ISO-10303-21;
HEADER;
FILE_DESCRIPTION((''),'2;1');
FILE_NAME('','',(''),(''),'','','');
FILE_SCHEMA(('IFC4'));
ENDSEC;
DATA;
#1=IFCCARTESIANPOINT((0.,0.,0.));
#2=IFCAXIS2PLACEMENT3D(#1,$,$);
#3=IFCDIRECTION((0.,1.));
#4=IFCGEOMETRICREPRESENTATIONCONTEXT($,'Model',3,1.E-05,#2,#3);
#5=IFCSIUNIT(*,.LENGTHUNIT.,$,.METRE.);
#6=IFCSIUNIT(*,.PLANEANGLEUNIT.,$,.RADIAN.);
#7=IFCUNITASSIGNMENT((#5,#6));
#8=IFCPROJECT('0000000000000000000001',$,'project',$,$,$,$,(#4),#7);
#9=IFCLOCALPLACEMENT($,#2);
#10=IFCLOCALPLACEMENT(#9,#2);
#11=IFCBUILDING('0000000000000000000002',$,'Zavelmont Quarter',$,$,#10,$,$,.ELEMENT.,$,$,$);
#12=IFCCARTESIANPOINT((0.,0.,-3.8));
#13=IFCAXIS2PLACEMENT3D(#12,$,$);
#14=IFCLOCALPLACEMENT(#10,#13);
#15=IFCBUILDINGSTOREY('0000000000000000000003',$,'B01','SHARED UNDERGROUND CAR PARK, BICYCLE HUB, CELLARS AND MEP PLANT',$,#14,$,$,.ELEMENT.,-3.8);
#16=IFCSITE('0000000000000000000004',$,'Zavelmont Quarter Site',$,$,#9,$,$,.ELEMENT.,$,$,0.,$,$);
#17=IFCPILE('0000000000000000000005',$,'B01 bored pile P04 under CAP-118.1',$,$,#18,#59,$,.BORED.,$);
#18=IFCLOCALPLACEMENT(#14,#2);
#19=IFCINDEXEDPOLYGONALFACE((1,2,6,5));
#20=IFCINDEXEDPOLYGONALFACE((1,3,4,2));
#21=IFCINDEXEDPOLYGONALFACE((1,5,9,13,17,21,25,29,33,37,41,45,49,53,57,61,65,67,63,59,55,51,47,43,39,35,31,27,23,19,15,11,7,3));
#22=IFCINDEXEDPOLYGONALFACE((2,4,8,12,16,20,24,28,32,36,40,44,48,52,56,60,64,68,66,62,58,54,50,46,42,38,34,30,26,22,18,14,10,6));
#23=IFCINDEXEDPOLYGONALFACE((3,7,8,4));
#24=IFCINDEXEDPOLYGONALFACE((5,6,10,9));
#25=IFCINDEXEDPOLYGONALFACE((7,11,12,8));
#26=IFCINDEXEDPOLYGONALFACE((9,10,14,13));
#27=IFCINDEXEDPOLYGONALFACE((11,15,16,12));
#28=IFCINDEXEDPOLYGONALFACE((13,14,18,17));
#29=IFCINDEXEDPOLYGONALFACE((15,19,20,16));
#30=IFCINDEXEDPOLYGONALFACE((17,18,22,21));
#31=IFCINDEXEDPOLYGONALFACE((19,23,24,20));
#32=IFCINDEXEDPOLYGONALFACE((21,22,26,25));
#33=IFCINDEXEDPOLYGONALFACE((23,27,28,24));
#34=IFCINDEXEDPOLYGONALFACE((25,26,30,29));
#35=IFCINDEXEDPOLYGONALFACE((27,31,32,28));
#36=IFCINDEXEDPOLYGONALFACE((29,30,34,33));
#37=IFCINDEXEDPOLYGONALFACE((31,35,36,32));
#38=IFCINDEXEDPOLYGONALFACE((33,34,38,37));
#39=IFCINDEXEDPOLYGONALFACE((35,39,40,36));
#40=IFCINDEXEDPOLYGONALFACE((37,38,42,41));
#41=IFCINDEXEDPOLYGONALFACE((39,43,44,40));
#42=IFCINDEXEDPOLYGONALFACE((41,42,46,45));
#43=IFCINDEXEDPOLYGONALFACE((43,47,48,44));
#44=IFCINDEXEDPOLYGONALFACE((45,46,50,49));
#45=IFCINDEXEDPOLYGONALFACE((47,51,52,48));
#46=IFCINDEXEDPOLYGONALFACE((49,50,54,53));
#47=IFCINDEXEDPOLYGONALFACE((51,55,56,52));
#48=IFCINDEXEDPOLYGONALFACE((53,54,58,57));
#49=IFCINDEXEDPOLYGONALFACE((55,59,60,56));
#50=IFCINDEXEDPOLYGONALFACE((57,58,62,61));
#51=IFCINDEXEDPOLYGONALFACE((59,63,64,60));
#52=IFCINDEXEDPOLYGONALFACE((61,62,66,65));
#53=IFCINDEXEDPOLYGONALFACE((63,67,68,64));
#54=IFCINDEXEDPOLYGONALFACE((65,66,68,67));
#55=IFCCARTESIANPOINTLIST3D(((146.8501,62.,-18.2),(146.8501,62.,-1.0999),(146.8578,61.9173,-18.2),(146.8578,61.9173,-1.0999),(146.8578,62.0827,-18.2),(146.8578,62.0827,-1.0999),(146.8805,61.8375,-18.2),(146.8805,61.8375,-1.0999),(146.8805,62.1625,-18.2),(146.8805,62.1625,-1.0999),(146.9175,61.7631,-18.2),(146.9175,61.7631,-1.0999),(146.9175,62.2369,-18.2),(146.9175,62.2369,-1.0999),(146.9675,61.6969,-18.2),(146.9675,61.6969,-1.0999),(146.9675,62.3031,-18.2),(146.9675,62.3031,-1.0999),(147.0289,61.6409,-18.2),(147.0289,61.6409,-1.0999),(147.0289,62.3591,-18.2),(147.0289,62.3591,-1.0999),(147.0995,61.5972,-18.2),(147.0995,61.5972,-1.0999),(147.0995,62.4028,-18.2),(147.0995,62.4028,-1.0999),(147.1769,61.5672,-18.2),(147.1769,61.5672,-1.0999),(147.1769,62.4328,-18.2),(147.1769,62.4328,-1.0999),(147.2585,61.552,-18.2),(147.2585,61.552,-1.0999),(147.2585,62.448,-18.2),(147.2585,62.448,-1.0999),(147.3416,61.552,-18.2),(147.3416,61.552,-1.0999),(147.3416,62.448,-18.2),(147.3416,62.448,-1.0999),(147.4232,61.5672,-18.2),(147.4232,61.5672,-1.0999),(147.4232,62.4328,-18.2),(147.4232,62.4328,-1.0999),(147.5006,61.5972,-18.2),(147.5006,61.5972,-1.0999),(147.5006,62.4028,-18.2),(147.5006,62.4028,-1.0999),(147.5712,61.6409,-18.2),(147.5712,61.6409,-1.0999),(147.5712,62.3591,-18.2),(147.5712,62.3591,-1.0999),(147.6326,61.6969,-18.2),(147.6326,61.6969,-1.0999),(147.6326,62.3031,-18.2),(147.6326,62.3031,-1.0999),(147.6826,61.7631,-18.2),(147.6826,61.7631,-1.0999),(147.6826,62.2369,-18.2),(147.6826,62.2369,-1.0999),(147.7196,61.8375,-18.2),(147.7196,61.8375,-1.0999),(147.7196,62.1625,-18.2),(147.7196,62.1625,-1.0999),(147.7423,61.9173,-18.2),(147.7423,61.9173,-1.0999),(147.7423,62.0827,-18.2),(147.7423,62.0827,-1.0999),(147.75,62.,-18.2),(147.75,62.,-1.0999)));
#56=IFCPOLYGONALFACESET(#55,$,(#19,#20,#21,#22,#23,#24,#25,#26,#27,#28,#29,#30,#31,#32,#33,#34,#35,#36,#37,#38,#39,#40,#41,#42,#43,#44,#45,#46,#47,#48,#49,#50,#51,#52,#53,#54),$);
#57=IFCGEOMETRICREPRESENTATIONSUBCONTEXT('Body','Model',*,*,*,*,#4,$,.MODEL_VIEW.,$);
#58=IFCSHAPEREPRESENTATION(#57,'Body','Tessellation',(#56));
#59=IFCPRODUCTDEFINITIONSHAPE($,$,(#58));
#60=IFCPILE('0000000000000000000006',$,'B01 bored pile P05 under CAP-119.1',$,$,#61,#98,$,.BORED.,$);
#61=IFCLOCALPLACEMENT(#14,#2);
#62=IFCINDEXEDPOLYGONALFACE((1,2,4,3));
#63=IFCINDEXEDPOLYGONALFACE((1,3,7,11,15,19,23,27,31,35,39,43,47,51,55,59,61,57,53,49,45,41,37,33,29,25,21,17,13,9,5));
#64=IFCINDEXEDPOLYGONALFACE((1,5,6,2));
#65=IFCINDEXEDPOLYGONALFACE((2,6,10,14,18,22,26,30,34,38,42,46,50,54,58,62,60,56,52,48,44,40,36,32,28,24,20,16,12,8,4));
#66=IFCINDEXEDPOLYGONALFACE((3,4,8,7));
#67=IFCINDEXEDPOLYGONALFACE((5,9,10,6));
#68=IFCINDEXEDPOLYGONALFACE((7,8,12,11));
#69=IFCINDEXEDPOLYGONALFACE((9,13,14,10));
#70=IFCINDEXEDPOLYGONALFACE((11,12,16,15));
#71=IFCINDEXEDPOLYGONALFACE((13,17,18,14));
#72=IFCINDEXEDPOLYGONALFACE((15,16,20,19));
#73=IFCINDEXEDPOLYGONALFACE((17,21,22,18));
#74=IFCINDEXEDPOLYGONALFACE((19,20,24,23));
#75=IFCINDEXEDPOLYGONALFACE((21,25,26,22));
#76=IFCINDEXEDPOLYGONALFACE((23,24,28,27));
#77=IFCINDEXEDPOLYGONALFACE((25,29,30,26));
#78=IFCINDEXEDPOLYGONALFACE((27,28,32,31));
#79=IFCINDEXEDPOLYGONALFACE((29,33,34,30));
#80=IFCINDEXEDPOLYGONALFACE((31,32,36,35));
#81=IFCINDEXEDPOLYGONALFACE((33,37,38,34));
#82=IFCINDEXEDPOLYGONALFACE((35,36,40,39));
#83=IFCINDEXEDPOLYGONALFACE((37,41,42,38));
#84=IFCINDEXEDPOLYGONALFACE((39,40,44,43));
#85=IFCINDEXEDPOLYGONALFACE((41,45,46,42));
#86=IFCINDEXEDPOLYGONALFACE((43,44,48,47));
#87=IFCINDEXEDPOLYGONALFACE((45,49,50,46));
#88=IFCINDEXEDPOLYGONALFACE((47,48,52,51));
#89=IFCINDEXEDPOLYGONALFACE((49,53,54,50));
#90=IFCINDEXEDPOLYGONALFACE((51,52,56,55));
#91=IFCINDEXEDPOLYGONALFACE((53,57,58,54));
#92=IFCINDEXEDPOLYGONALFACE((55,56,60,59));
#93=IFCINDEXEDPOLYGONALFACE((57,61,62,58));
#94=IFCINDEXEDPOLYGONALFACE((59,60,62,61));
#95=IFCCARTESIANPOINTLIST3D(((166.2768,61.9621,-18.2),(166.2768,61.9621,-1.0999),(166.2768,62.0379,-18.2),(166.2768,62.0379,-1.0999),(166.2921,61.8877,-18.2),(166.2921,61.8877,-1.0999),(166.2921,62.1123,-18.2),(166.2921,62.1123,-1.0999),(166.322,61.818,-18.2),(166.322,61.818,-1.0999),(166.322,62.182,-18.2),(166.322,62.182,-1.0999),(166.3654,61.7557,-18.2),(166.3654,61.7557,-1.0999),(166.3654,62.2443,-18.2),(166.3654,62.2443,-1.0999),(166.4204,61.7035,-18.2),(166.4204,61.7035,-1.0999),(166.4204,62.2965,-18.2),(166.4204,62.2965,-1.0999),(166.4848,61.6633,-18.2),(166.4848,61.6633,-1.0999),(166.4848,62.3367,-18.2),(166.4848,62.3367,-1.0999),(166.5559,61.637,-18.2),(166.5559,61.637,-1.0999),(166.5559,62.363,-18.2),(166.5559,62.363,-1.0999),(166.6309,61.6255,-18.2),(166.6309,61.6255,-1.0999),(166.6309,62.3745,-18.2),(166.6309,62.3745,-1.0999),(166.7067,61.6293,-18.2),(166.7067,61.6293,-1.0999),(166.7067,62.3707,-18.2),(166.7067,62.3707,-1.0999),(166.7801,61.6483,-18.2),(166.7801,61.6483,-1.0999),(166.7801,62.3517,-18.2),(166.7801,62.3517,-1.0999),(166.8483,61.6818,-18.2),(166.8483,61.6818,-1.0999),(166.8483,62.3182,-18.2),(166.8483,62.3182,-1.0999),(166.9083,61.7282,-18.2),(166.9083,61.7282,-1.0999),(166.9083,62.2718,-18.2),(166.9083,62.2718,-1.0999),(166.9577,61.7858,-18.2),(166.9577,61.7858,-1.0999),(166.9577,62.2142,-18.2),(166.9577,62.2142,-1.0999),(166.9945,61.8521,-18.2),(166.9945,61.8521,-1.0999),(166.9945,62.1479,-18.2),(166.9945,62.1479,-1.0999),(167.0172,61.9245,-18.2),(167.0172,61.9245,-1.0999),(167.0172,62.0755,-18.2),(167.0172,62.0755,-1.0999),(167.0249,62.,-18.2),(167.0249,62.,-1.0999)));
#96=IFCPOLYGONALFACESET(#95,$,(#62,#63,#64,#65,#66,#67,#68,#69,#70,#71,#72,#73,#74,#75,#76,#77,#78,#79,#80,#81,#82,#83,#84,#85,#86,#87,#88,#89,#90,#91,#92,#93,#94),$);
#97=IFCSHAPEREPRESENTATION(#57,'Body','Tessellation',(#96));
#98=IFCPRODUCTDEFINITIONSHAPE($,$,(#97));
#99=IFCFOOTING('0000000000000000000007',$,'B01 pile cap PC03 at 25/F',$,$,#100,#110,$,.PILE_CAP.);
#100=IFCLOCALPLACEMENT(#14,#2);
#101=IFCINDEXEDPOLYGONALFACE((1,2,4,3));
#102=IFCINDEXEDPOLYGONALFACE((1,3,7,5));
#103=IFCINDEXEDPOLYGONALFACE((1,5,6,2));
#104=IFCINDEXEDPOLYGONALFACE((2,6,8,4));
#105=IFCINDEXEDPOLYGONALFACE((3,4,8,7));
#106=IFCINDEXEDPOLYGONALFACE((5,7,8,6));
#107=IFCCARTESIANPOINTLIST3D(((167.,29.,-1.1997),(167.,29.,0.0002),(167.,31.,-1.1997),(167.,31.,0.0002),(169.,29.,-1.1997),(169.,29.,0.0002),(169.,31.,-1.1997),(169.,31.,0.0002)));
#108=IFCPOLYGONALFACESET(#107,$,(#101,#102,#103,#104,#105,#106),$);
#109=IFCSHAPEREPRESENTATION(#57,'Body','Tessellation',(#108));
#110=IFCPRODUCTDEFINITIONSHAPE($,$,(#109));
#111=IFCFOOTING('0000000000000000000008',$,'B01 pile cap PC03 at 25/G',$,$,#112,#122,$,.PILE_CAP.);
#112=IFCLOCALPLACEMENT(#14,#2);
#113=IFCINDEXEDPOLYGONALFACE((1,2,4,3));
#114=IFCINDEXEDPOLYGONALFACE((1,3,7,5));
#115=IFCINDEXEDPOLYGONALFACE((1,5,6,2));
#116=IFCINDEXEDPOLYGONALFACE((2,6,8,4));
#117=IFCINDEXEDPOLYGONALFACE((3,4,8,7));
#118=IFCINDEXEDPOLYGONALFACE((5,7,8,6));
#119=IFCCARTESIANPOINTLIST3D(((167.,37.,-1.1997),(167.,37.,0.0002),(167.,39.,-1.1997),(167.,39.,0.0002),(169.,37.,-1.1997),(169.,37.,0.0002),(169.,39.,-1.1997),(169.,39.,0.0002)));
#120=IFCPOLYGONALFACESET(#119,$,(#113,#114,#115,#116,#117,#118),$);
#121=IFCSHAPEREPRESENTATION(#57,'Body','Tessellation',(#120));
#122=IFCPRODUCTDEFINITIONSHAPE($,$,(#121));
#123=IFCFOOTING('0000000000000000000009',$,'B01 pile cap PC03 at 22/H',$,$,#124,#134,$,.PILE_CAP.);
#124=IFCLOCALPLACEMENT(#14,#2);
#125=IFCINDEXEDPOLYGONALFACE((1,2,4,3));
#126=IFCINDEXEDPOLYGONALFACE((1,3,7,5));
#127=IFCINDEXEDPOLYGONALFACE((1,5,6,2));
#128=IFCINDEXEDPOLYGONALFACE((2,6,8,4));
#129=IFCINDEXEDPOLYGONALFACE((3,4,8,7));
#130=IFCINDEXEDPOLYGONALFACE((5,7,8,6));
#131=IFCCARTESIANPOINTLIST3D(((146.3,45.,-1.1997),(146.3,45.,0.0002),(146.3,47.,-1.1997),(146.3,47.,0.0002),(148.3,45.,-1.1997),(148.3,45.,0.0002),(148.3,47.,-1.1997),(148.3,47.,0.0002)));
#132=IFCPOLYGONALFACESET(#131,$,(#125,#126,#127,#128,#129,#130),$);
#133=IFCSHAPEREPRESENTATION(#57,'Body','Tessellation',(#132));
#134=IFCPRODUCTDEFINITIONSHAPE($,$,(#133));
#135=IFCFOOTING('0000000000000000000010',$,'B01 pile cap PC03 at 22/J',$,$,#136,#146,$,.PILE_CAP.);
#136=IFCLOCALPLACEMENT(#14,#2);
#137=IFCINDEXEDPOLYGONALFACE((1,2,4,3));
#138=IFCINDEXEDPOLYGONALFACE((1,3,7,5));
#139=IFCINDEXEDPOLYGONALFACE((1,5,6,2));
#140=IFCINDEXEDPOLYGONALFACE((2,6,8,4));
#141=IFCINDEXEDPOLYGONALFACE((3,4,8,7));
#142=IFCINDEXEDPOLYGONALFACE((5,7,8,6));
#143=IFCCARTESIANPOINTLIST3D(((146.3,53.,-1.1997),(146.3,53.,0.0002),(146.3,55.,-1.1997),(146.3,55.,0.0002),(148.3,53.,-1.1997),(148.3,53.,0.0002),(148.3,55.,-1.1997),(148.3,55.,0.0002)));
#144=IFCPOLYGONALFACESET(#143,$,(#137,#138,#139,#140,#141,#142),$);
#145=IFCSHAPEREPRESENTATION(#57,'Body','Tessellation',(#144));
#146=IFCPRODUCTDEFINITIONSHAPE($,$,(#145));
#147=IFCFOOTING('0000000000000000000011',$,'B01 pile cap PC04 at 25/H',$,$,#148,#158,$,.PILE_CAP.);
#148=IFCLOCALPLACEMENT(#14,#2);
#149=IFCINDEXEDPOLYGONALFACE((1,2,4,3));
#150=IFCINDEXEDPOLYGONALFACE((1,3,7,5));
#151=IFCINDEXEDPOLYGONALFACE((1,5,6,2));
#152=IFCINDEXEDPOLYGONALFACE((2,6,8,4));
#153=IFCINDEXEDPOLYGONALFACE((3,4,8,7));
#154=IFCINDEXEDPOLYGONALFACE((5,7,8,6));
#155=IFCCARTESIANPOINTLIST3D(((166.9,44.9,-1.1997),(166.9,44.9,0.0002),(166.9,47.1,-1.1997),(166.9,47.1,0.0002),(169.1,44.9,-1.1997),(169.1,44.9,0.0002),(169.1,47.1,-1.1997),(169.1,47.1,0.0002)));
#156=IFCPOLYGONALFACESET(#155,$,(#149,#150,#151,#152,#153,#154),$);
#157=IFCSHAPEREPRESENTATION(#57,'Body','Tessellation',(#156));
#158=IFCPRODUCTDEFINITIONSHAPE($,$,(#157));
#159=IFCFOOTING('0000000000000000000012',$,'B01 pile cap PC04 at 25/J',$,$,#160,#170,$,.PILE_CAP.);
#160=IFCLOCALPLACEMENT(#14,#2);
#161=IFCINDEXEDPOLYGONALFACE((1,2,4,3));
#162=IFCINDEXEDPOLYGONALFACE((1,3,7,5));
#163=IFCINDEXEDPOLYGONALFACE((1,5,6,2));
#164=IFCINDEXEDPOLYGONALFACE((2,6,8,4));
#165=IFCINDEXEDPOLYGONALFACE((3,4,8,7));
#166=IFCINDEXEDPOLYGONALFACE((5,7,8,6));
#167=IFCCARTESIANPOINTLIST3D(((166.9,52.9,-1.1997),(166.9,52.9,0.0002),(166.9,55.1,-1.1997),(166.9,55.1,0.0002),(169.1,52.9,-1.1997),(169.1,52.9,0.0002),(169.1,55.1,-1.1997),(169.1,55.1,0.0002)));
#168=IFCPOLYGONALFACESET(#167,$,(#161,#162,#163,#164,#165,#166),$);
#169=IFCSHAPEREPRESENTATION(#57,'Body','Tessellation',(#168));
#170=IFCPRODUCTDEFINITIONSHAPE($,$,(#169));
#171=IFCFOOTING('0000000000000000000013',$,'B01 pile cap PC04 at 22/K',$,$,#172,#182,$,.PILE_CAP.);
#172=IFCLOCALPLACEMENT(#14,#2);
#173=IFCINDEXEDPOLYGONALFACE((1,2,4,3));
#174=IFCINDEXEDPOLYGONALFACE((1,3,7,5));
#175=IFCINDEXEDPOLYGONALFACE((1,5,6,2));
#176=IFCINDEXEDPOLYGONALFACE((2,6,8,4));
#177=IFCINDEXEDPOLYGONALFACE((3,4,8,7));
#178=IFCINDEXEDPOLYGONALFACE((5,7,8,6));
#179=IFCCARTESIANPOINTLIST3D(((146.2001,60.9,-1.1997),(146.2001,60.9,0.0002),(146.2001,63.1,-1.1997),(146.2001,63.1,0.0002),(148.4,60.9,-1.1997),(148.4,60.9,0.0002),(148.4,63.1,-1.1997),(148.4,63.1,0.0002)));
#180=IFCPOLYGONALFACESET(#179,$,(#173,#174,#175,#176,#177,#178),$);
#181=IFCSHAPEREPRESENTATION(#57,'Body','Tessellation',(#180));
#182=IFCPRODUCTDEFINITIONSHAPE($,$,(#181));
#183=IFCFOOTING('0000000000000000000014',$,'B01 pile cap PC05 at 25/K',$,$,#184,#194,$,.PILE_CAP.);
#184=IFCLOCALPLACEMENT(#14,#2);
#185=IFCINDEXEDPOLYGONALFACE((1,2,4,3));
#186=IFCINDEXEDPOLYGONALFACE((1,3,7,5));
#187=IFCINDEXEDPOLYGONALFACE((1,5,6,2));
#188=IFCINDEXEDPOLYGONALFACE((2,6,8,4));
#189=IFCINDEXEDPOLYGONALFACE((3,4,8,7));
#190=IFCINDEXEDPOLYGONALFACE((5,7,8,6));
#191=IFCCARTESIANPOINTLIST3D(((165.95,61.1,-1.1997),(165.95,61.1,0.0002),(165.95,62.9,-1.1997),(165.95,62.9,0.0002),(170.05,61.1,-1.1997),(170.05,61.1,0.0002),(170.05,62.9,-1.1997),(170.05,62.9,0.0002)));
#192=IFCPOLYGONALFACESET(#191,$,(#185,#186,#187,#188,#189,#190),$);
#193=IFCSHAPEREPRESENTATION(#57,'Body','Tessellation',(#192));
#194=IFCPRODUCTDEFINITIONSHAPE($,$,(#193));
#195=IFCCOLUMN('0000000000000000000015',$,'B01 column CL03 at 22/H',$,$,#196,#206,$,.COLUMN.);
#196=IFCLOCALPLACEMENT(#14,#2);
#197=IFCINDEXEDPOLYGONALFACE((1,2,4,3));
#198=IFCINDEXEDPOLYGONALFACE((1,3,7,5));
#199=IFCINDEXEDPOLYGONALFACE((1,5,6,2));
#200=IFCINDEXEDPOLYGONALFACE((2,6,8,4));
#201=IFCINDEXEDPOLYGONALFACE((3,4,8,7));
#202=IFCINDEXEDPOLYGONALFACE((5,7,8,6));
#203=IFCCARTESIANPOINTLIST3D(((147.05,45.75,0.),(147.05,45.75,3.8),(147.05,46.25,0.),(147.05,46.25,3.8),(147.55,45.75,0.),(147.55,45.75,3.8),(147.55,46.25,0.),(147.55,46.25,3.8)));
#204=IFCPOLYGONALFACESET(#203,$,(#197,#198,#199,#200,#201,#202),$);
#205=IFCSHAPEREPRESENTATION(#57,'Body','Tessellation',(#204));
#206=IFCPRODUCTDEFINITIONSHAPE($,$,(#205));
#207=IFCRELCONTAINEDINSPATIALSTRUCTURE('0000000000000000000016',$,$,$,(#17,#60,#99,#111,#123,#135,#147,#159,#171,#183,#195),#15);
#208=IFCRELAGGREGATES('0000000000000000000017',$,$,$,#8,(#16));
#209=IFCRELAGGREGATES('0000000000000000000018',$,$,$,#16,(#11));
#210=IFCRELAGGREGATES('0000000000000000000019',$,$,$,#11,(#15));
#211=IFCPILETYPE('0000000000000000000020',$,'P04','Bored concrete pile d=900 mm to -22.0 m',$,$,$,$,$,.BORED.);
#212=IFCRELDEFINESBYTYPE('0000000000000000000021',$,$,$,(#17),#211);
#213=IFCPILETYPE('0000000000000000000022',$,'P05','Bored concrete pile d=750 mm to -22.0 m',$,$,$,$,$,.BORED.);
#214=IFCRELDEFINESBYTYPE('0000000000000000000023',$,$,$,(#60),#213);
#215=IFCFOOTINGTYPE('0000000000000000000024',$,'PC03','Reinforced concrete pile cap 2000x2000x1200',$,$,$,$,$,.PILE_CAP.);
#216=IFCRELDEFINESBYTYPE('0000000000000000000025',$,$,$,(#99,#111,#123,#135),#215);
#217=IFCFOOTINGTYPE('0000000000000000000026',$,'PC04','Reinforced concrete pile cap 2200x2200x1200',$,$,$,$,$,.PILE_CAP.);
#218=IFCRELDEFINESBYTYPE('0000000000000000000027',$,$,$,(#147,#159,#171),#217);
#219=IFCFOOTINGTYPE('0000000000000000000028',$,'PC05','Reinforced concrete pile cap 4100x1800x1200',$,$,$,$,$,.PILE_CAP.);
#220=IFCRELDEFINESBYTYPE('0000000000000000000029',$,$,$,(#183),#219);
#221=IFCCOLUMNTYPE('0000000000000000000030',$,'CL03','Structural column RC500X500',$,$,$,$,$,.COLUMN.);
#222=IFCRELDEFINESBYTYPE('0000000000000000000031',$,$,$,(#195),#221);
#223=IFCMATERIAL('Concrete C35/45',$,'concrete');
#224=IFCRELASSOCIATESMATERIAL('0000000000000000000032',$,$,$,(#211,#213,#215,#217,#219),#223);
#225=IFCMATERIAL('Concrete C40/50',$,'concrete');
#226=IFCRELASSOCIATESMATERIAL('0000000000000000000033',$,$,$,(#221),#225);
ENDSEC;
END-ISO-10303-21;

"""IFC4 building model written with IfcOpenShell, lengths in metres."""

from ifc_helpers import new_model, si_unit, direction, frame, origin, origin_2d, place, context, subcontext, project, spatial, rectangle, circle, extrude, material, material_profile, profile_set, type_object, element, save


model = new_model("IFC4")

# Units and contexts
model_context = context("Model", 3, precision=1e-05, world=origin(), true_north=direction((0.0, 1.0)))
body_context = subcontext(model_context, "Body", "Model", "MODEL_VIEW")
ifc_project = project(units=[si_unit("LENGTHUNIT", "METRE"), si_unit("PLANEANGLEUNIT", "RADIAN")], contexts=[model_context])

# Site, building, storey
site_placement = place(None, origin())
site = spatial("IfcSite", under=ifc_project, at=site_placement, Name="Zavelmont Quarter Site", CompositionType="ELEMENT", RefElevation=0.0)
building_placement = place(site_placement, origin())
building = spatial("IfcBuilding", under=site, at=building_placement, Name="Zavelmont Quarter", CompositionType="ELEMENT")
storey_placement = place(building_placement, frame((0.0, 0.0, -3.8)))
storey = spatial("IfcBuildingStorey", under=building, at=storey_placement, Name="B01", Description="SHARED UNDERGROUND CAR PARK, BICYCLE HUB, CELLARS AND MEP PLANT", CompositionType="ELEMENT", Elevation=-3.8)

# Shared definitions
ifc_material_1 = material(Name="Concrete C35/45", Category="concrete")

# Piles
ifc_material_profile_1 = material_profile(ifc_material_1, circle(Radius=0.45, at=origin_2d()), Name="BP900")
ifc_profile_set_1 = profile_set([ifc_material_profile_1], Name="Concrete C35/45")
pile_type_1 = type_object("IfcPileType", Name="P04", Description="Bored concrete pile d=900 mm to -22.0 m", PredefinedType="BORED", material=ifc_profile_set_1)
for number, where, z_axis, x_axis, name in (
    (1, (147.3, 62.0, -1.0999), (0.0, 0.0, -1.0), (1.0, 0.0, 0.0), "B01 bored pile P04 under CAP-118.1"),
):
    element("IfcPile", number, at=place(storey_placement, frame(where, z_axis=z_axis, x_axis=x_axis)), inside=storey, type_object=pile_type_1, Name=name, PredefinedType="BORED", context=body_context, shape_type="SweptSolid", body=[
        extrude(circle(Radius=0.45, at=origin_2d()), origin(), (0.0, 0.0, 1.0), 17.1001),
    ])
ifc_material_profile_2 = material_profile(ifc_material_1, circle(Radius=0.375, at=origin_2d()), Name="BP750")
ifc_profile_set_2 = profile_set([ifc_material_profile_2], Name="Concrete C35/45")
pile_type_2 = type_object("IfcPileType", Name="P05", Description="Bored concrete pile d=750 mm to -22.0 m", PredefinedType="BORED", material=ifc_profile_set_2)
pile_placement = place(storey_placement, frame((166.6499, 62.0, -1.0999), z_axis=(0.0, 0.0, -1.0), x_axis=(1.0, 0.0, 0.0)))
element("IfcPile", 2, at=pile_placement, inside=storey, type_object=pile_type_2, Name="B01 bored pile P05 under CAP-119.1", PredefinedType="BORED", context=body_context, shape_type="SweptSolid", body=[
    extrude(circle(Radius=0.375, at=origin_2d()), origin(), (0.0, 0.0, 1.0), 17.1001),
])

# Footings
footing_type_1 = type_object("IfcFootingType", Name="PC03", Description="Reinforced concrete pile cap 2000x2000x1200", PredefinedType="PILE_CAP", material=ifc_material_1)
for number, where, z_axis, x_axis, name in (
    (3, (168.0, 30.0, -1.1997), (0.0, 0.0, 1.0), (1.0, 0.0, 0.0), "B01 pile cap PC03 at 25/F"),
    (4, (168.0, 38.0, -1.1997), (0.0, 0.0, 1.0), (1.0, 0.0, 0.0), "B01 pile cap PC03 at 25/G"),
    (5, (147.3, 46.0, -1.1997), (0.0, 0.0, 1.0), (1.0, 0.0, 0.0), "B01 pile cap PC03 at 22/H"),
    (6, (147.3, 54.0, -1.1997), (0.0, 0.0, 1.0), (1.0, 0.0, 0.0), "B01 pile cap PC03 at 22/J"),
):
    element("IfcFooting", number, at=place(storey_placement, frame(where, z_axis=z_axis, x_axis=x_axis)), inside=storey, type_object=footing_type_1, Name=name, PredefinedType="PILE_CAP", context=body_context, shape_type="SweptSolid", body=[
        extrude(rectangle(XDim=2.0, YDim=2.0, at=origin_2d()), origin(), (0.0, 0.0, 1.0), 1.2),
    ])
footing_type_2 = type_object("IfcFootingType", Name="PC04", Description="Reinforced concrete pile cap 2200x2200x1200", PredefinedType="PILE_CAP", material=ifc_material_1)
for number, where, z_axis, x_axis, name in (
    (7, (168.0, 46.0, -1.1997), (0.0, 0.0, 1.0), (1.0, 0.0, 0.0), "B01 pile cap PC04 at 25/H"),
    (8, (168.0, 54.0, -1.1997), (0.0, 0.0, 1.0), (1.0, 0.0, 0.0), "B01 pile cap PC04 at 25/J"),
    (9, (147.3, 62.0, -1.1997), (0.0, 0.0, 1.0), (1.0, 0.0, 0.0), "B01 pile cap PC04 at 22/K"),
):
    element("IfcFooting", number, at=place(storey_placement, frame(where, z_axis=z_axis, x_axis=x_axis)), inside=storey, type_object=footing_type_2, Name=name, PredefinedType="PILE_CAP", context=body_context, shape_type="SweptSolid", body=[
        extrude(rectangle(XDim=2.2, YDim=2.2, at=origin_2d()), origin(), (0.0, 0.0, 1.0), 1.2),
    ])
footing_type_3 = type_object("IfcFootingType", Name="PC05", Description="Reinforced concrete pile cap 4100x1800x1200", PredefinedType="PILE_CAP", material=ifc_material_1)
footing_1_placement = place(storey_placement, frame((168.0, 62.0, -1.1997), z_axis=(0.0, 0.0, 1.0), x_axis=(1.0, 0.0, 0.0)))
element("IfcFooting", 10, at=footing_1_placement, inside=storey, type_object=footing_type_3, Name="B01 pile cap PC05 at 25/K", PredefinedType="PILE_CAP", context=body_context, shape_type="SweptSolid", body=[
    extrude(rectangle(XDim=4.1001, YDim=1.8, at=origin_2d()), origin(), (0.0, 0.0, 1.0), 1.2),
])

# Column
ifc_material_2 = material(Name="Concrete C40/50", Category="concrete")
ifc_material_profile_3 = material_profile(ifc_material_2, rectangle(XDim=0.5, YDim=0.5, at=origin_2d()), Name="RC500X500")
ifc_profile_set_3 = profile_set([ifc_material_profile_3], Name="Concrete C40/50")
column_type_1 = type_object("IfcColumnType", Name="CL03", Description="Structural column RC500X500", PredefinedType="COLUMN", material=ifc_profile_set_3)
for number, where, z_axis, x_axis, name in (
    (11, (147.3, 46.0, 0.0), (0.0, 0.0, 1.0), (1.0, 0.0, 0.0), "B01 column CL03 at 22/H"),
):
    element("IfcColumn", number, at=place(storey_placement, frame(where, z_axis=z_axis, x_axis=x_axis)), inside=storey, type_object=column_type_1, Name=name, PredefinedType="COLUMN", context=body_context, shape_type="SweptSolid", body=[
        extrude(rectangle(XDim=0.5, YDim=0.5, at=origin_2d()), origin(), (0.0, 0.0, 1.0), 3.8),
    ])

save(model, "model.ifc")
